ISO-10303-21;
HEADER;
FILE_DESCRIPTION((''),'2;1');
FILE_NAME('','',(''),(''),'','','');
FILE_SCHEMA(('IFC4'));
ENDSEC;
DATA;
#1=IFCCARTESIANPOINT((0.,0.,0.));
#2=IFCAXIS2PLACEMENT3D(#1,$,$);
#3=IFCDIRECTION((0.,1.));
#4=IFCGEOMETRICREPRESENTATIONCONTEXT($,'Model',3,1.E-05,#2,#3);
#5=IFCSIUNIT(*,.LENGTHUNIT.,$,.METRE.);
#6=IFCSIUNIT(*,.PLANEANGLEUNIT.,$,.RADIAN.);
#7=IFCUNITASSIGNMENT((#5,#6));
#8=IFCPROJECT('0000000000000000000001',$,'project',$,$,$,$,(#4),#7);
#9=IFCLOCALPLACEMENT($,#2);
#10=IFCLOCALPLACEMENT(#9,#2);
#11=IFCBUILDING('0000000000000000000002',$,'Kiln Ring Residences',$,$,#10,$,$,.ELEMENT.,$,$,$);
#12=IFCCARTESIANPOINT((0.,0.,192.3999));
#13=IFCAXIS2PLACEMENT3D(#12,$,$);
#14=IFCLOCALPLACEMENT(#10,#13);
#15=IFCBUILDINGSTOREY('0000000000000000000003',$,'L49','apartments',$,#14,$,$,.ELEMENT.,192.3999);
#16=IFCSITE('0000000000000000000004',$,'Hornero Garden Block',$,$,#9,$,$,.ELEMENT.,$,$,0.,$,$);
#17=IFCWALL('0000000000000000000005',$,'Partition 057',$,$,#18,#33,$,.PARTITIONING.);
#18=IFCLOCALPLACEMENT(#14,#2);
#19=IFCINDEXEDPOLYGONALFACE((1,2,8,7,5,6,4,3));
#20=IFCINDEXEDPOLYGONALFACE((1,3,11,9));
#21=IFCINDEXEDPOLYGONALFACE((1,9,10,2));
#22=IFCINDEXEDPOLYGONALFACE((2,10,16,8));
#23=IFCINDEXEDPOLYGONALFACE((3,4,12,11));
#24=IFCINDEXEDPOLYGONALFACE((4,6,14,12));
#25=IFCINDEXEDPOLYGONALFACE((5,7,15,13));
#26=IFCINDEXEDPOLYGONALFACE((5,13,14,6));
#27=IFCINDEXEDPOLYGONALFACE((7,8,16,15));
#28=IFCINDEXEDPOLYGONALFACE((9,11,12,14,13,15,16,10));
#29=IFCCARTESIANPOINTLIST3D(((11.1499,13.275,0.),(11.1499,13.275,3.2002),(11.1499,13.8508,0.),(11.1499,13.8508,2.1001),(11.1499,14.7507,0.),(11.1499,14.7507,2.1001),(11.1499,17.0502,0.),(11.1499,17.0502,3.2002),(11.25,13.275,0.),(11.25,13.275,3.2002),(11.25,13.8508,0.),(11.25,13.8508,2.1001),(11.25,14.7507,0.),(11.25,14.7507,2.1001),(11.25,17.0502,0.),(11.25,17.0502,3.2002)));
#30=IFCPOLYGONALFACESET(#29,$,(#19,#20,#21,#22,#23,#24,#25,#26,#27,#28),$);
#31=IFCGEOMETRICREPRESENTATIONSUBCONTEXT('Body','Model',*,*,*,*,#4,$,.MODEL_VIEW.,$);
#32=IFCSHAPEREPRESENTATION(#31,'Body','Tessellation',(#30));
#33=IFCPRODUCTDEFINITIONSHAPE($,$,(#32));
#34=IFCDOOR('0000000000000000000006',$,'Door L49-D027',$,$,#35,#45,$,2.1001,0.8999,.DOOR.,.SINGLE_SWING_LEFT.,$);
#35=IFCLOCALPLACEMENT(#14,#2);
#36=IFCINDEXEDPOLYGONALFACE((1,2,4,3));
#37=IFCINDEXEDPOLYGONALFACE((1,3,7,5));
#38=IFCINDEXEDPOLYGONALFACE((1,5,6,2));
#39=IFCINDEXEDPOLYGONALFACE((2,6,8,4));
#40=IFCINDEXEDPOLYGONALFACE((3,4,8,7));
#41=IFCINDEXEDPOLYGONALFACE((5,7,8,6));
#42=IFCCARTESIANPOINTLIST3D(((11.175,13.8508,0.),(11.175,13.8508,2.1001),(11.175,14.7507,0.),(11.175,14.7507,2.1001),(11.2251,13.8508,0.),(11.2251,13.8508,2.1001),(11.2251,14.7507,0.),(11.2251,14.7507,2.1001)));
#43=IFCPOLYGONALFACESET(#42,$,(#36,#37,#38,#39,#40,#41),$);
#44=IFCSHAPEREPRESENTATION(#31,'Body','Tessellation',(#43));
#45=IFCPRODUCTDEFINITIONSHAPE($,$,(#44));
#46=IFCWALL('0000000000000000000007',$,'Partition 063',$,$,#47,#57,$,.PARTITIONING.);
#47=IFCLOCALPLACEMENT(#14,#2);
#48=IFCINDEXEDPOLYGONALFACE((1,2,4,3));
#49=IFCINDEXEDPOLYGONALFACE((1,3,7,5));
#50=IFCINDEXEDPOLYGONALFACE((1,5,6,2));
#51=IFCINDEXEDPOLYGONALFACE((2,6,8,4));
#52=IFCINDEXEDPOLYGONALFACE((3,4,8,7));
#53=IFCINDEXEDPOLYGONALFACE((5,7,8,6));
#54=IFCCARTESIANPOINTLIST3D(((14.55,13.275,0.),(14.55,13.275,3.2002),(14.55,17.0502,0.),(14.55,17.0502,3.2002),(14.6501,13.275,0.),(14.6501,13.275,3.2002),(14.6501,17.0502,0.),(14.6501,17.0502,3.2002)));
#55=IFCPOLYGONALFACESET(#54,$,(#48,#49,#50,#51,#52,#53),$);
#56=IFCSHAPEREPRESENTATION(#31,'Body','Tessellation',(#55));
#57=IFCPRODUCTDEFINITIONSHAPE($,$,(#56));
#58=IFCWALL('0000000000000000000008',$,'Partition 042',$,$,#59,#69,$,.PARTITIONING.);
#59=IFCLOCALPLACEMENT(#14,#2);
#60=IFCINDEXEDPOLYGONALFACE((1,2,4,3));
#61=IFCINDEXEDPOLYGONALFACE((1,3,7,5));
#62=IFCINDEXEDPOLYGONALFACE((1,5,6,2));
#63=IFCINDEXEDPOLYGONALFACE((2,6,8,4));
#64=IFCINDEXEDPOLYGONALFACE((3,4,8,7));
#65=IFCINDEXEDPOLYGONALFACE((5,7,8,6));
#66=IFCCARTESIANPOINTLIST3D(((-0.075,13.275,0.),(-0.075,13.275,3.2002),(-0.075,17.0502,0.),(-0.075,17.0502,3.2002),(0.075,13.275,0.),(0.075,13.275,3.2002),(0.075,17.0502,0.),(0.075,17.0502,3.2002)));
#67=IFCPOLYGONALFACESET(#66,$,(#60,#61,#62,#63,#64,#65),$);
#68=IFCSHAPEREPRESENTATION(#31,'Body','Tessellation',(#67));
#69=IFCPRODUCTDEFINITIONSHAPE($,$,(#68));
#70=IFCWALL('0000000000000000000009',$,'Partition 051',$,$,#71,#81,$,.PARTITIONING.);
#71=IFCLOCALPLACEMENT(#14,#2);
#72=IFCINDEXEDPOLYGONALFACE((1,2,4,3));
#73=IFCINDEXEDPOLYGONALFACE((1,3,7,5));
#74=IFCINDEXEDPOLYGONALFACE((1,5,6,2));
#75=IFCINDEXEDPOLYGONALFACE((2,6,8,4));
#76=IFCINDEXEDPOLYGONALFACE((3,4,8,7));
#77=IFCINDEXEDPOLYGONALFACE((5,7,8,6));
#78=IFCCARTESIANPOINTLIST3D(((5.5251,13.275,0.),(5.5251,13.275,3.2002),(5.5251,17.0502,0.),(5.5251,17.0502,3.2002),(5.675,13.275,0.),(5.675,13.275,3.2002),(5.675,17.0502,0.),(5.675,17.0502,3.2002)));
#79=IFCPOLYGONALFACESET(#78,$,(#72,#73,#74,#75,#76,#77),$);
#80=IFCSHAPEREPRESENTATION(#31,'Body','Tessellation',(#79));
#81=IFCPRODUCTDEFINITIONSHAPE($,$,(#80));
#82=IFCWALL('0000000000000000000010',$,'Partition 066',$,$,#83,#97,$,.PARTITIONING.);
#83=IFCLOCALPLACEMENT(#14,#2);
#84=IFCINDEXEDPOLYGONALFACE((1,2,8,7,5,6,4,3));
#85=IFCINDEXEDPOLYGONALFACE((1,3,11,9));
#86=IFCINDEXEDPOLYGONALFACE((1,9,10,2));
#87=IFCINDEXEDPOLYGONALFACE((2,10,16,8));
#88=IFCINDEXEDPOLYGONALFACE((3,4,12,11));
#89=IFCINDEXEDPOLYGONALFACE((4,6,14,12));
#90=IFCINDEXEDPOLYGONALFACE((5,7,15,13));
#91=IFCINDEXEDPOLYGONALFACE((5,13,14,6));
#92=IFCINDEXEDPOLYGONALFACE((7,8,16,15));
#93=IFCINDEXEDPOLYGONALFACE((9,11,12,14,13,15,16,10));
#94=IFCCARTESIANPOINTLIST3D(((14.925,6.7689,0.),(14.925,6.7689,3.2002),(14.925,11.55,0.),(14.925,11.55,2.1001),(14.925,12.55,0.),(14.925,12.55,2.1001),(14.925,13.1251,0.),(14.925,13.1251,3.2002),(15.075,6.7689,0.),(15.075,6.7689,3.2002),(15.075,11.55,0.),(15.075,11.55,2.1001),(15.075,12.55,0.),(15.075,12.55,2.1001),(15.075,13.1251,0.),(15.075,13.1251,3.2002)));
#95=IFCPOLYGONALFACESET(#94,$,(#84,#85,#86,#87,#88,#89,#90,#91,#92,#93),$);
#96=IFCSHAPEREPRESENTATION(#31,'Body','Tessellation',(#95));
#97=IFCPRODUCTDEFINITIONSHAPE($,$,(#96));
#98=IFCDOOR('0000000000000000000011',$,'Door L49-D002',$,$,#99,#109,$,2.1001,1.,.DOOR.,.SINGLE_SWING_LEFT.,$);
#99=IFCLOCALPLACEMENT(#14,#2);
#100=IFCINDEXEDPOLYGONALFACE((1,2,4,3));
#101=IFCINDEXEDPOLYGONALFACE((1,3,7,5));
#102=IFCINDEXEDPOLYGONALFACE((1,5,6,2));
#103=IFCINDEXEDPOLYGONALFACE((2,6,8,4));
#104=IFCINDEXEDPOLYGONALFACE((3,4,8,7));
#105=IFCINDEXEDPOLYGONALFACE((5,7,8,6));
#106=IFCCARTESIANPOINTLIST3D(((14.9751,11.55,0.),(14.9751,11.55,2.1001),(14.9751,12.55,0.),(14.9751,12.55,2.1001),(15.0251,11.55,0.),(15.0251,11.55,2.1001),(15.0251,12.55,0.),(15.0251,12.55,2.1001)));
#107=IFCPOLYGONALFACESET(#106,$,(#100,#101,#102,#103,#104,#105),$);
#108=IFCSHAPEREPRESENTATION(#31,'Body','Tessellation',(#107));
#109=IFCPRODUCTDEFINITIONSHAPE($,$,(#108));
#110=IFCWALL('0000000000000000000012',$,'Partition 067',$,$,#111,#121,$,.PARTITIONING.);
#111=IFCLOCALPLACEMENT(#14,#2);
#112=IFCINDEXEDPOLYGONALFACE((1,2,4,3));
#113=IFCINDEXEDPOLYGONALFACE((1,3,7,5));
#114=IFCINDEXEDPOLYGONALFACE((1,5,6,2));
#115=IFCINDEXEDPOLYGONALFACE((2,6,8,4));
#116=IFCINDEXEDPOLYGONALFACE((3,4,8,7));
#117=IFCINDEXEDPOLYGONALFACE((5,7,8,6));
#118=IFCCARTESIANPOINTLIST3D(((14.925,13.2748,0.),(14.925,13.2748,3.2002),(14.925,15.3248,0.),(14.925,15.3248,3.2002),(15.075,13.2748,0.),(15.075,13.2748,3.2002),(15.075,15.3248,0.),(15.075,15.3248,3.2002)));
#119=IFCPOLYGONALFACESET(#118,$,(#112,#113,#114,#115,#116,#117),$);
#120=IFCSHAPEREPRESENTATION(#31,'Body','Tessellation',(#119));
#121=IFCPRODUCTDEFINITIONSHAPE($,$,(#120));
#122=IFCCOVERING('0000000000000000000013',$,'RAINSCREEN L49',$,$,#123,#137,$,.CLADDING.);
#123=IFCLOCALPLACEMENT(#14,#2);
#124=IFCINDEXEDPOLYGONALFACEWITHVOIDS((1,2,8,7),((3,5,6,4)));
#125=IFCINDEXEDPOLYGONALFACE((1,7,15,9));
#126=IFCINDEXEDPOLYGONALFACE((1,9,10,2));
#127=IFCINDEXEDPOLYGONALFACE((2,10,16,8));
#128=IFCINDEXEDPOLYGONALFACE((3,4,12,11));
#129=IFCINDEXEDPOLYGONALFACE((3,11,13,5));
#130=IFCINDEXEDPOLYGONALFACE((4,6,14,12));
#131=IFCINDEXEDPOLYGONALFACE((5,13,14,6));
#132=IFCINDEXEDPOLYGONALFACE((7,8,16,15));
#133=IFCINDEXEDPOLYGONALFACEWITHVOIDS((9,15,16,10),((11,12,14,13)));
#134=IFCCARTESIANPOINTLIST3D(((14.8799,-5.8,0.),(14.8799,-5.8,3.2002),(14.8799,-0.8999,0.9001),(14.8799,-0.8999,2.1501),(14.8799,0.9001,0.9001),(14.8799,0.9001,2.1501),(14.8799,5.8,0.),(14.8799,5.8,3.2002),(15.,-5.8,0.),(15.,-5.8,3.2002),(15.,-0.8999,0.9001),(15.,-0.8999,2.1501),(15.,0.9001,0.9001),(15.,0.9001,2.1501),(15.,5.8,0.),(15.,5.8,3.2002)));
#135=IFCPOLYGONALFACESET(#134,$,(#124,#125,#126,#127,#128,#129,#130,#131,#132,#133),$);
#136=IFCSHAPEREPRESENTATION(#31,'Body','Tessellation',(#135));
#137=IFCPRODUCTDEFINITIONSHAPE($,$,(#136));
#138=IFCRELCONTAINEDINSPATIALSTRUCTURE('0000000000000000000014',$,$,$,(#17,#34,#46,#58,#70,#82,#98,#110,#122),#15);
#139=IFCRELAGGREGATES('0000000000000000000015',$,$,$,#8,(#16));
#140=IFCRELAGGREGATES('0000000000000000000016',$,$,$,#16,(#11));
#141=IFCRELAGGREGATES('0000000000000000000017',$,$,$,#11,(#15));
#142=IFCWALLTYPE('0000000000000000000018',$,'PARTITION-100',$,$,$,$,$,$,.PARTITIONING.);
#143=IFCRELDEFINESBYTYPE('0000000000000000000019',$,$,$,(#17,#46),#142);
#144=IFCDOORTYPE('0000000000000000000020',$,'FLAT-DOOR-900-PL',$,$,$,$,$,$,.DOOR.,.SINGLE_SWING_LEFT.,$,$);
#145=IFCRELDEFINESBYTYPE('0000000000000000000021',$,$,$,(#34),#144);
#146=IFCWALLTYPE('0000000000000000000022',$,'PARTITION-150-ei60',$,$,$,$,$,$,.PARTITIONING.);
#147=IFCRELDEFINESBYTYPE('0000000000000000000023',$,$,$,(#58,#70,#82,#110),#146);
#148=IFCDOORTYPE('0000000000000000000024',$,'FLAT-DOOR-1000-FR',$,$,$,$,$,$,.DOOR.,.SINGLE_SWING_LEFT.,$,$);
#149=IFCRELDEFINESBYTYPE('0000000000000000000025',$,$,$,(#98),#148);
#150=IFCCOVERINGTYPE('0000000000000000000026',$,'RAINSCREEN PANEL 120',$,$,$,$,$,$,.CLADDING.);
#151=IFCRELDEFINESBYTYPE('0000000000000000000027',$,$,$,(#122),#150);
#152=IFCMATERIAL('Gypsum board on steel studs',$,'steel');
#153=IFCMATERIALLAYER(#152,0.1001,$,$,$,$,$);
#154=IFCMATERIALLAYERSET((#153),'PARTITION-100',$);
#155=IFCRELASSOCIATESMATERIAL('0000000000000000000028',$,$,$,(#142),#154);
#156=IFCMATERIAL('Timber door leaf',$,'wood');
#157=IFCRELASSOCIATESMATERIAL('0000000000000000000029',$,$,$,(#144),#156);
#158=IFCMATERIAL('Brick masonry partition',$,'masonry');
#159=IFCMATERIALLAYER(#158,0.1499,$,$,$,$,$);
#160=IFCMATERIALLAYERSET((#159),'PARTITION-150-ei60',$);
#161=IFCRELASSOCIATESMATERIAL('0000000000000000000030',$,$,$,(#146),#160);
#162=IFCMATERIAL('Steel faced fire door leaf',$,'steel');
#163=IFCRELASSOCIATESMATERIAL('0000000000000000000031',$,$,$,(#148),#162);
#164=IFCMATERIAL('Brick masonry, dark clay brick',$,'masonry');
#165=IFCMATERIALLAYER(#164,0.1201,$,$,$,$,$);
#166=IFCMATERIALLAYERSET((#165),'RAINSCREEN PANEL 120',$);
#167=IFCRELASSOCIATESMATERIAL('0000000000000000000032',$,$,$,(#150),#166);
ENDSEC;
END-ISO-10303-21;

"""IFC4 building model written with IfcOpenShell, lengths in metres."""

from ifc_helpers import new_model, si_unit, direction, frame, frame_2d, origin, place, context, subcontext, project, spatial, polyline, rectangle, outline, extrude, material, layer, layer_set, type_object, element, fill, save


model = new_model("IFC4")

# Units and contexts
model_context = context("Model", 3, precision=1e-05, world=origin(), true_north=direction((0.0, 1.0)))
body_context = subcontext(model_context, "Body", "Model", "MODEL_VIEW")
ifc_project = project(units=[si_unit("LENGTHUNIT", "METRE"), si_unit("PLANEANGLEUNIT", "RADIAN")], contexts=[model_context])

# Site, building, storey
site_placement = place(None, origin())
site = spatial("IfcSite", under=ifc_project, at=site_placement, Name="Hornero Garden Block", CompositionType="ELEMENT", RefElevation=0.0)
building_placement = place(site_placement, origin())
building = spatial("IfcBuilding", under=site, at=building_placement, Name="Kiln Ring Residences", CompositionType="ELEMENT")
storey_placement = place(building_placement, frame((0.0, 0.0, 192.3999)))
storey = spatial("IfcBuildingStorey", under=building, at=storey_placement, Name="L49", Description="apartments", CompositionType="ELEMENT", Elevation=192.3999)

# Shared definitions
ifc_material_1 = material(Name="Gypsum board on steel studs", Category="steel")
ifc_layer_1 = layer(ifc_material_1, 0.1001)
ifc_layer_set_1 = layer_set([ifc_layer_1], Name="PARTITION-100")
wall_type_1 = type_object("IfcWallType", Name="PARTITION-100", PredefinedType="PARTITIONING", material=ifc_layer_set_1)

# Wall, opening, door
wall_1_placement = place(storey_placement, frame((11.2, 13.2749, 0.0), z_axis=(0.0, 0.0, 1.0), x_axis=(0.0, 1.0, 0.0)))
wall_1 = element("IfcWall", 1, at=wall_1_placement, inside=storey, type_object=wall_type_1, Name="Partition 057", PredefinedType="PARTITIONING", context=body_context, shape_type="SweptSolid", body=[
    extrude(rectangle(XDim=3.7751, YDim=0.1001, at=frame_2d((1.8877, 0.0))), origin(), (0.0, 0.0, 1.0), 3.2002),
])
opening_1_placement = place(wall_1_placement, frame((0.5759, 0.0, 0.0)))
opening_1 = element("IfcOpeningElement", 2, at=opening_1_placement, cuts=wall_1, PredefinedType="OPENING", context=body_context, shape_type="SweptSolid", body=[
    extrude(rectangle(XDim=0.8999, YDim=2.1001, at=frame_2d((0.45, 1.05))), frame((0.0, 0.0601, 0.0), z_axis=(0.0, -1.0, 0.0), x_axis=(1.0, 0.0, 0.0)), (0.0, 0.0, 1.0), 0.1201),
])
ifc_material_2 = material(Name="Timber door leaf", Category="wood")
door_type_1 = type_object("IfcDoorType", Name="FLAT-DOOR-900-PL", OperationType="SINGLE_SWING_LEFT", PredefinedType="DOOR", material=ifc_material_2)
door_1_placement = place(opening_1_placement, origin())
door_1 = element("IfcDoor", 3, at=door_1_placement, inside=storey, type_object=door_type_1, Name="Door L49-D027", OperationType="SINGLE_SWING_LEFT", OverallHeight=2.1001, OverallWidth=0.8999, PredefinedType="DOOR", context=body_context, shape_type="SweptSolid", body=[
    extrude(rectangle(XDim=0.8999, YDim=2.1001, at=frame_2d((0.45, 1.05))), frame((0.0, 0.0249, 0.0), z_axis=(0.0, -1.0, 0.0), x_axis=(1.0, 0.0, 0.0)), (0.0, 0.0, 1.0), 0.05),
])
fill(opening_1, door_1)

# Walls
wall_2_placement = place(storey_placement, frame((14.6001, 13.2749, 0.0), z_axis=(0.0, 0.0, 1.0), x_axis=(0.0, 1.0, 0.0)))
element("IfcWall", 4, at=wall_2_placement, inside=storey, type_object=wall_type_1, Name="Partition 063", PredefinedType="PARTITIONING", context=body_context, shape_type="SweptSolid", body=[
    extrude(rectangle(XDim=3.7751, YDim=0.1001, at=frame_2d((1.8877, 0.0))), origin(), (0.0, 0.0, 1.0), 3.2002),
])
ifc_material_3 = material(Name="Brick masonry partition", Category="masonry")
ifc_layer_2 = layer(ifc_material_3, 0.1499)
ifc_layer_set_2 = layer_set([ifc_layer_2], Name="PARTITION-150-ei60")
wall_type_2 = type_object("IfcWallType", Name="PARTITION-150-ei60", PredefinedType="PARTITIONING", material=ifc_layer_set_2)
for number, where, z_axis, x_axis, name in (
    (5, (0.0, 13.2749, 0.0), (0.0, 0.0, 1.0), (0.0, 1.0, 0.0), "Partition 042"),
    (6, (5.6001, 13.2749, 0.0), (0.0, 0.0, 1.0), (0.0, 1.0, 0.0), "Partition 051"),
):
    element("IfcWall", number, at=place(storey_placement, frame(where, z_axis=z_axis, x_axis=x_axis)), inside=storey, type_object=wall_type_2, Name=name, PredefinedType="PARTITIONING", context=body_context, shape_type="SweptSolid", body=[
        extrude(rectangle(XDim=3.7751, YDim=0.1499, at=frame_2d((1.8877, 0.0))), origin(), (0.0, 0.0, 1.0), 3.2002),
    ])

# Wall, opening, door
wall_3_placement = place(storey_placement, frame((15.0, 6.7688, 0.0), z_axis=(0.0, 0.0, 1.0), x_axis=(0.0, 1.0, 0.0)))
wall_3 = element("IfcWall", 7, at=wall_3_placement, inside=storey, type_object=wall_type_2, Name="Partition 066", PredefinedType="PARTITIONING", context=body_context, shape_type="SweptSolid", body=[
    extrude(rectangle(XDim=6.3562, YDim=0.1499, at=frame_2d((3.1782, 0.0))), origin(), (0.0, 0.0, 1.0), 3.2002),
])
opening_2_placement = place(wall_3_placement, frame((4.7812, 0.0, 0.0)))
opening_2 = element("IfcOpeningElement", 8, at=opening_2_placement, cuts=wall_3, PredefinedType="OPENING", context=body_context, shape_type="SweptSolid", body=[
    extrude(rectangle(XDim=1.0, YDim=2.1001, at=frame_2d((0.5, 1.05))), frame((0.0, 0.085, 0.0), z_axis=(0.0, -1.0, 0.0), x_axis=(1.0, 0.0, 0.0)), (0.0, 0.0, 1.0), 0.1699),
])
ifc_material_4 = material(Name="Steel faced fire door leaf", Category="steel")
door_type_2 = type_object("IfcDoorType", Name="FLAT-DOOR-1000-FR", OperationType="SINGLE_SWING_LEFT", PredefinedType="DOOR", material=ifc_material_4)
door_2_placement = place(opening_2_placement, origin())
door_2 = element("IfcDoor", 9, at=door_2_placement, inside=storey, type_object=door_type_2, Name="Door L49-D002", OperationType="SINGLE_SWING_LEFT", OverallHeight=2.1001, OverallWidth=1.0, PredefinedType="DOOR", context=body_context, shape_type="SweptSolid", body=[
    extrude(rectangle(XDim=1.0, YDim=2.1001, at=frame_2d((0.5, 1.05))), frame((0.0, 0.0249, 0.0), z_axis=(0.0, -1.0, 0.0), x_axis=(1.0, 0.0, 0.0)), (0.0, 0.0, 1.0), 0.05),
])
fill(opening_2, door_2)

# Wall
wall_4_placement = place(storey_placement, frame((15.0, 13.2749, 0.0), z_axis=(0.0, 0.0, 1.0), x_axis=(0.0, 1.0, 0.0)))
element("IfcWall", 10, at=wall_4_placement, inside=storey, type_object=wall_type_2, Name="Partition 067", PredefinedType="PARTITIONING", context=body_context, shape_type="SweptSolid", body=[
    extrude(rectangle(XDim=2.05, YDim=0.1499, at=frame_2d((1.0249, 0.0))), origin(), (0.0, 0.0, 1.0), 3.2002),
])

# Covering
ifc_material_5 = material(Name="Brick masonry, dark clay brick", Category="masonry")
ifc_layer_3 = layer(ifc_material_5, 0.1201)
ifc_layer_set_3 = layer_set([ifc_layer_3], Name="RAINSCREEN PANEL 120")
covering_type = type_object("IfcCoveringType", Name="RAINSCREEN PANEL 120", PredefinedType="CLADDING", material=ifc_layer_set_3)
covering_placement = place(storey_placement, frame((14.9399, 5.8, 0.0), z_axis=(0.0, 0.0, 1.0), x_axis=(0.0, -1.0, 0.0)))
element("IfcCovering", 11, at=covering_placement, inside=storey, type_object=covering_type, Name="RAINSCREEN L49", PredefinedType="CLADDING", context=body_context, shape_type="SweptSolid", body=[
    extrude(outline(polyline([(0.0, 0.0), (11.6001, 0.0), (11.6001, 3.2002), (0.0, 3.2002), (0.0, 0.0)]), holes=[polyline([(4.8999, 2.1501), (4.8999, 0.9001), (6.7, 0.9001), (6.7, 2.1501), (4.8999, 2.1501)])]), frame((0.0, 0.0601, 0.0), z_axis=(0.0, -1.0, 0.0), x_axis=(1.0, 0.0, 0.0)), (0.0, 0.0, 1.0), 0.1201),
])

save(model, "model.ifc")
